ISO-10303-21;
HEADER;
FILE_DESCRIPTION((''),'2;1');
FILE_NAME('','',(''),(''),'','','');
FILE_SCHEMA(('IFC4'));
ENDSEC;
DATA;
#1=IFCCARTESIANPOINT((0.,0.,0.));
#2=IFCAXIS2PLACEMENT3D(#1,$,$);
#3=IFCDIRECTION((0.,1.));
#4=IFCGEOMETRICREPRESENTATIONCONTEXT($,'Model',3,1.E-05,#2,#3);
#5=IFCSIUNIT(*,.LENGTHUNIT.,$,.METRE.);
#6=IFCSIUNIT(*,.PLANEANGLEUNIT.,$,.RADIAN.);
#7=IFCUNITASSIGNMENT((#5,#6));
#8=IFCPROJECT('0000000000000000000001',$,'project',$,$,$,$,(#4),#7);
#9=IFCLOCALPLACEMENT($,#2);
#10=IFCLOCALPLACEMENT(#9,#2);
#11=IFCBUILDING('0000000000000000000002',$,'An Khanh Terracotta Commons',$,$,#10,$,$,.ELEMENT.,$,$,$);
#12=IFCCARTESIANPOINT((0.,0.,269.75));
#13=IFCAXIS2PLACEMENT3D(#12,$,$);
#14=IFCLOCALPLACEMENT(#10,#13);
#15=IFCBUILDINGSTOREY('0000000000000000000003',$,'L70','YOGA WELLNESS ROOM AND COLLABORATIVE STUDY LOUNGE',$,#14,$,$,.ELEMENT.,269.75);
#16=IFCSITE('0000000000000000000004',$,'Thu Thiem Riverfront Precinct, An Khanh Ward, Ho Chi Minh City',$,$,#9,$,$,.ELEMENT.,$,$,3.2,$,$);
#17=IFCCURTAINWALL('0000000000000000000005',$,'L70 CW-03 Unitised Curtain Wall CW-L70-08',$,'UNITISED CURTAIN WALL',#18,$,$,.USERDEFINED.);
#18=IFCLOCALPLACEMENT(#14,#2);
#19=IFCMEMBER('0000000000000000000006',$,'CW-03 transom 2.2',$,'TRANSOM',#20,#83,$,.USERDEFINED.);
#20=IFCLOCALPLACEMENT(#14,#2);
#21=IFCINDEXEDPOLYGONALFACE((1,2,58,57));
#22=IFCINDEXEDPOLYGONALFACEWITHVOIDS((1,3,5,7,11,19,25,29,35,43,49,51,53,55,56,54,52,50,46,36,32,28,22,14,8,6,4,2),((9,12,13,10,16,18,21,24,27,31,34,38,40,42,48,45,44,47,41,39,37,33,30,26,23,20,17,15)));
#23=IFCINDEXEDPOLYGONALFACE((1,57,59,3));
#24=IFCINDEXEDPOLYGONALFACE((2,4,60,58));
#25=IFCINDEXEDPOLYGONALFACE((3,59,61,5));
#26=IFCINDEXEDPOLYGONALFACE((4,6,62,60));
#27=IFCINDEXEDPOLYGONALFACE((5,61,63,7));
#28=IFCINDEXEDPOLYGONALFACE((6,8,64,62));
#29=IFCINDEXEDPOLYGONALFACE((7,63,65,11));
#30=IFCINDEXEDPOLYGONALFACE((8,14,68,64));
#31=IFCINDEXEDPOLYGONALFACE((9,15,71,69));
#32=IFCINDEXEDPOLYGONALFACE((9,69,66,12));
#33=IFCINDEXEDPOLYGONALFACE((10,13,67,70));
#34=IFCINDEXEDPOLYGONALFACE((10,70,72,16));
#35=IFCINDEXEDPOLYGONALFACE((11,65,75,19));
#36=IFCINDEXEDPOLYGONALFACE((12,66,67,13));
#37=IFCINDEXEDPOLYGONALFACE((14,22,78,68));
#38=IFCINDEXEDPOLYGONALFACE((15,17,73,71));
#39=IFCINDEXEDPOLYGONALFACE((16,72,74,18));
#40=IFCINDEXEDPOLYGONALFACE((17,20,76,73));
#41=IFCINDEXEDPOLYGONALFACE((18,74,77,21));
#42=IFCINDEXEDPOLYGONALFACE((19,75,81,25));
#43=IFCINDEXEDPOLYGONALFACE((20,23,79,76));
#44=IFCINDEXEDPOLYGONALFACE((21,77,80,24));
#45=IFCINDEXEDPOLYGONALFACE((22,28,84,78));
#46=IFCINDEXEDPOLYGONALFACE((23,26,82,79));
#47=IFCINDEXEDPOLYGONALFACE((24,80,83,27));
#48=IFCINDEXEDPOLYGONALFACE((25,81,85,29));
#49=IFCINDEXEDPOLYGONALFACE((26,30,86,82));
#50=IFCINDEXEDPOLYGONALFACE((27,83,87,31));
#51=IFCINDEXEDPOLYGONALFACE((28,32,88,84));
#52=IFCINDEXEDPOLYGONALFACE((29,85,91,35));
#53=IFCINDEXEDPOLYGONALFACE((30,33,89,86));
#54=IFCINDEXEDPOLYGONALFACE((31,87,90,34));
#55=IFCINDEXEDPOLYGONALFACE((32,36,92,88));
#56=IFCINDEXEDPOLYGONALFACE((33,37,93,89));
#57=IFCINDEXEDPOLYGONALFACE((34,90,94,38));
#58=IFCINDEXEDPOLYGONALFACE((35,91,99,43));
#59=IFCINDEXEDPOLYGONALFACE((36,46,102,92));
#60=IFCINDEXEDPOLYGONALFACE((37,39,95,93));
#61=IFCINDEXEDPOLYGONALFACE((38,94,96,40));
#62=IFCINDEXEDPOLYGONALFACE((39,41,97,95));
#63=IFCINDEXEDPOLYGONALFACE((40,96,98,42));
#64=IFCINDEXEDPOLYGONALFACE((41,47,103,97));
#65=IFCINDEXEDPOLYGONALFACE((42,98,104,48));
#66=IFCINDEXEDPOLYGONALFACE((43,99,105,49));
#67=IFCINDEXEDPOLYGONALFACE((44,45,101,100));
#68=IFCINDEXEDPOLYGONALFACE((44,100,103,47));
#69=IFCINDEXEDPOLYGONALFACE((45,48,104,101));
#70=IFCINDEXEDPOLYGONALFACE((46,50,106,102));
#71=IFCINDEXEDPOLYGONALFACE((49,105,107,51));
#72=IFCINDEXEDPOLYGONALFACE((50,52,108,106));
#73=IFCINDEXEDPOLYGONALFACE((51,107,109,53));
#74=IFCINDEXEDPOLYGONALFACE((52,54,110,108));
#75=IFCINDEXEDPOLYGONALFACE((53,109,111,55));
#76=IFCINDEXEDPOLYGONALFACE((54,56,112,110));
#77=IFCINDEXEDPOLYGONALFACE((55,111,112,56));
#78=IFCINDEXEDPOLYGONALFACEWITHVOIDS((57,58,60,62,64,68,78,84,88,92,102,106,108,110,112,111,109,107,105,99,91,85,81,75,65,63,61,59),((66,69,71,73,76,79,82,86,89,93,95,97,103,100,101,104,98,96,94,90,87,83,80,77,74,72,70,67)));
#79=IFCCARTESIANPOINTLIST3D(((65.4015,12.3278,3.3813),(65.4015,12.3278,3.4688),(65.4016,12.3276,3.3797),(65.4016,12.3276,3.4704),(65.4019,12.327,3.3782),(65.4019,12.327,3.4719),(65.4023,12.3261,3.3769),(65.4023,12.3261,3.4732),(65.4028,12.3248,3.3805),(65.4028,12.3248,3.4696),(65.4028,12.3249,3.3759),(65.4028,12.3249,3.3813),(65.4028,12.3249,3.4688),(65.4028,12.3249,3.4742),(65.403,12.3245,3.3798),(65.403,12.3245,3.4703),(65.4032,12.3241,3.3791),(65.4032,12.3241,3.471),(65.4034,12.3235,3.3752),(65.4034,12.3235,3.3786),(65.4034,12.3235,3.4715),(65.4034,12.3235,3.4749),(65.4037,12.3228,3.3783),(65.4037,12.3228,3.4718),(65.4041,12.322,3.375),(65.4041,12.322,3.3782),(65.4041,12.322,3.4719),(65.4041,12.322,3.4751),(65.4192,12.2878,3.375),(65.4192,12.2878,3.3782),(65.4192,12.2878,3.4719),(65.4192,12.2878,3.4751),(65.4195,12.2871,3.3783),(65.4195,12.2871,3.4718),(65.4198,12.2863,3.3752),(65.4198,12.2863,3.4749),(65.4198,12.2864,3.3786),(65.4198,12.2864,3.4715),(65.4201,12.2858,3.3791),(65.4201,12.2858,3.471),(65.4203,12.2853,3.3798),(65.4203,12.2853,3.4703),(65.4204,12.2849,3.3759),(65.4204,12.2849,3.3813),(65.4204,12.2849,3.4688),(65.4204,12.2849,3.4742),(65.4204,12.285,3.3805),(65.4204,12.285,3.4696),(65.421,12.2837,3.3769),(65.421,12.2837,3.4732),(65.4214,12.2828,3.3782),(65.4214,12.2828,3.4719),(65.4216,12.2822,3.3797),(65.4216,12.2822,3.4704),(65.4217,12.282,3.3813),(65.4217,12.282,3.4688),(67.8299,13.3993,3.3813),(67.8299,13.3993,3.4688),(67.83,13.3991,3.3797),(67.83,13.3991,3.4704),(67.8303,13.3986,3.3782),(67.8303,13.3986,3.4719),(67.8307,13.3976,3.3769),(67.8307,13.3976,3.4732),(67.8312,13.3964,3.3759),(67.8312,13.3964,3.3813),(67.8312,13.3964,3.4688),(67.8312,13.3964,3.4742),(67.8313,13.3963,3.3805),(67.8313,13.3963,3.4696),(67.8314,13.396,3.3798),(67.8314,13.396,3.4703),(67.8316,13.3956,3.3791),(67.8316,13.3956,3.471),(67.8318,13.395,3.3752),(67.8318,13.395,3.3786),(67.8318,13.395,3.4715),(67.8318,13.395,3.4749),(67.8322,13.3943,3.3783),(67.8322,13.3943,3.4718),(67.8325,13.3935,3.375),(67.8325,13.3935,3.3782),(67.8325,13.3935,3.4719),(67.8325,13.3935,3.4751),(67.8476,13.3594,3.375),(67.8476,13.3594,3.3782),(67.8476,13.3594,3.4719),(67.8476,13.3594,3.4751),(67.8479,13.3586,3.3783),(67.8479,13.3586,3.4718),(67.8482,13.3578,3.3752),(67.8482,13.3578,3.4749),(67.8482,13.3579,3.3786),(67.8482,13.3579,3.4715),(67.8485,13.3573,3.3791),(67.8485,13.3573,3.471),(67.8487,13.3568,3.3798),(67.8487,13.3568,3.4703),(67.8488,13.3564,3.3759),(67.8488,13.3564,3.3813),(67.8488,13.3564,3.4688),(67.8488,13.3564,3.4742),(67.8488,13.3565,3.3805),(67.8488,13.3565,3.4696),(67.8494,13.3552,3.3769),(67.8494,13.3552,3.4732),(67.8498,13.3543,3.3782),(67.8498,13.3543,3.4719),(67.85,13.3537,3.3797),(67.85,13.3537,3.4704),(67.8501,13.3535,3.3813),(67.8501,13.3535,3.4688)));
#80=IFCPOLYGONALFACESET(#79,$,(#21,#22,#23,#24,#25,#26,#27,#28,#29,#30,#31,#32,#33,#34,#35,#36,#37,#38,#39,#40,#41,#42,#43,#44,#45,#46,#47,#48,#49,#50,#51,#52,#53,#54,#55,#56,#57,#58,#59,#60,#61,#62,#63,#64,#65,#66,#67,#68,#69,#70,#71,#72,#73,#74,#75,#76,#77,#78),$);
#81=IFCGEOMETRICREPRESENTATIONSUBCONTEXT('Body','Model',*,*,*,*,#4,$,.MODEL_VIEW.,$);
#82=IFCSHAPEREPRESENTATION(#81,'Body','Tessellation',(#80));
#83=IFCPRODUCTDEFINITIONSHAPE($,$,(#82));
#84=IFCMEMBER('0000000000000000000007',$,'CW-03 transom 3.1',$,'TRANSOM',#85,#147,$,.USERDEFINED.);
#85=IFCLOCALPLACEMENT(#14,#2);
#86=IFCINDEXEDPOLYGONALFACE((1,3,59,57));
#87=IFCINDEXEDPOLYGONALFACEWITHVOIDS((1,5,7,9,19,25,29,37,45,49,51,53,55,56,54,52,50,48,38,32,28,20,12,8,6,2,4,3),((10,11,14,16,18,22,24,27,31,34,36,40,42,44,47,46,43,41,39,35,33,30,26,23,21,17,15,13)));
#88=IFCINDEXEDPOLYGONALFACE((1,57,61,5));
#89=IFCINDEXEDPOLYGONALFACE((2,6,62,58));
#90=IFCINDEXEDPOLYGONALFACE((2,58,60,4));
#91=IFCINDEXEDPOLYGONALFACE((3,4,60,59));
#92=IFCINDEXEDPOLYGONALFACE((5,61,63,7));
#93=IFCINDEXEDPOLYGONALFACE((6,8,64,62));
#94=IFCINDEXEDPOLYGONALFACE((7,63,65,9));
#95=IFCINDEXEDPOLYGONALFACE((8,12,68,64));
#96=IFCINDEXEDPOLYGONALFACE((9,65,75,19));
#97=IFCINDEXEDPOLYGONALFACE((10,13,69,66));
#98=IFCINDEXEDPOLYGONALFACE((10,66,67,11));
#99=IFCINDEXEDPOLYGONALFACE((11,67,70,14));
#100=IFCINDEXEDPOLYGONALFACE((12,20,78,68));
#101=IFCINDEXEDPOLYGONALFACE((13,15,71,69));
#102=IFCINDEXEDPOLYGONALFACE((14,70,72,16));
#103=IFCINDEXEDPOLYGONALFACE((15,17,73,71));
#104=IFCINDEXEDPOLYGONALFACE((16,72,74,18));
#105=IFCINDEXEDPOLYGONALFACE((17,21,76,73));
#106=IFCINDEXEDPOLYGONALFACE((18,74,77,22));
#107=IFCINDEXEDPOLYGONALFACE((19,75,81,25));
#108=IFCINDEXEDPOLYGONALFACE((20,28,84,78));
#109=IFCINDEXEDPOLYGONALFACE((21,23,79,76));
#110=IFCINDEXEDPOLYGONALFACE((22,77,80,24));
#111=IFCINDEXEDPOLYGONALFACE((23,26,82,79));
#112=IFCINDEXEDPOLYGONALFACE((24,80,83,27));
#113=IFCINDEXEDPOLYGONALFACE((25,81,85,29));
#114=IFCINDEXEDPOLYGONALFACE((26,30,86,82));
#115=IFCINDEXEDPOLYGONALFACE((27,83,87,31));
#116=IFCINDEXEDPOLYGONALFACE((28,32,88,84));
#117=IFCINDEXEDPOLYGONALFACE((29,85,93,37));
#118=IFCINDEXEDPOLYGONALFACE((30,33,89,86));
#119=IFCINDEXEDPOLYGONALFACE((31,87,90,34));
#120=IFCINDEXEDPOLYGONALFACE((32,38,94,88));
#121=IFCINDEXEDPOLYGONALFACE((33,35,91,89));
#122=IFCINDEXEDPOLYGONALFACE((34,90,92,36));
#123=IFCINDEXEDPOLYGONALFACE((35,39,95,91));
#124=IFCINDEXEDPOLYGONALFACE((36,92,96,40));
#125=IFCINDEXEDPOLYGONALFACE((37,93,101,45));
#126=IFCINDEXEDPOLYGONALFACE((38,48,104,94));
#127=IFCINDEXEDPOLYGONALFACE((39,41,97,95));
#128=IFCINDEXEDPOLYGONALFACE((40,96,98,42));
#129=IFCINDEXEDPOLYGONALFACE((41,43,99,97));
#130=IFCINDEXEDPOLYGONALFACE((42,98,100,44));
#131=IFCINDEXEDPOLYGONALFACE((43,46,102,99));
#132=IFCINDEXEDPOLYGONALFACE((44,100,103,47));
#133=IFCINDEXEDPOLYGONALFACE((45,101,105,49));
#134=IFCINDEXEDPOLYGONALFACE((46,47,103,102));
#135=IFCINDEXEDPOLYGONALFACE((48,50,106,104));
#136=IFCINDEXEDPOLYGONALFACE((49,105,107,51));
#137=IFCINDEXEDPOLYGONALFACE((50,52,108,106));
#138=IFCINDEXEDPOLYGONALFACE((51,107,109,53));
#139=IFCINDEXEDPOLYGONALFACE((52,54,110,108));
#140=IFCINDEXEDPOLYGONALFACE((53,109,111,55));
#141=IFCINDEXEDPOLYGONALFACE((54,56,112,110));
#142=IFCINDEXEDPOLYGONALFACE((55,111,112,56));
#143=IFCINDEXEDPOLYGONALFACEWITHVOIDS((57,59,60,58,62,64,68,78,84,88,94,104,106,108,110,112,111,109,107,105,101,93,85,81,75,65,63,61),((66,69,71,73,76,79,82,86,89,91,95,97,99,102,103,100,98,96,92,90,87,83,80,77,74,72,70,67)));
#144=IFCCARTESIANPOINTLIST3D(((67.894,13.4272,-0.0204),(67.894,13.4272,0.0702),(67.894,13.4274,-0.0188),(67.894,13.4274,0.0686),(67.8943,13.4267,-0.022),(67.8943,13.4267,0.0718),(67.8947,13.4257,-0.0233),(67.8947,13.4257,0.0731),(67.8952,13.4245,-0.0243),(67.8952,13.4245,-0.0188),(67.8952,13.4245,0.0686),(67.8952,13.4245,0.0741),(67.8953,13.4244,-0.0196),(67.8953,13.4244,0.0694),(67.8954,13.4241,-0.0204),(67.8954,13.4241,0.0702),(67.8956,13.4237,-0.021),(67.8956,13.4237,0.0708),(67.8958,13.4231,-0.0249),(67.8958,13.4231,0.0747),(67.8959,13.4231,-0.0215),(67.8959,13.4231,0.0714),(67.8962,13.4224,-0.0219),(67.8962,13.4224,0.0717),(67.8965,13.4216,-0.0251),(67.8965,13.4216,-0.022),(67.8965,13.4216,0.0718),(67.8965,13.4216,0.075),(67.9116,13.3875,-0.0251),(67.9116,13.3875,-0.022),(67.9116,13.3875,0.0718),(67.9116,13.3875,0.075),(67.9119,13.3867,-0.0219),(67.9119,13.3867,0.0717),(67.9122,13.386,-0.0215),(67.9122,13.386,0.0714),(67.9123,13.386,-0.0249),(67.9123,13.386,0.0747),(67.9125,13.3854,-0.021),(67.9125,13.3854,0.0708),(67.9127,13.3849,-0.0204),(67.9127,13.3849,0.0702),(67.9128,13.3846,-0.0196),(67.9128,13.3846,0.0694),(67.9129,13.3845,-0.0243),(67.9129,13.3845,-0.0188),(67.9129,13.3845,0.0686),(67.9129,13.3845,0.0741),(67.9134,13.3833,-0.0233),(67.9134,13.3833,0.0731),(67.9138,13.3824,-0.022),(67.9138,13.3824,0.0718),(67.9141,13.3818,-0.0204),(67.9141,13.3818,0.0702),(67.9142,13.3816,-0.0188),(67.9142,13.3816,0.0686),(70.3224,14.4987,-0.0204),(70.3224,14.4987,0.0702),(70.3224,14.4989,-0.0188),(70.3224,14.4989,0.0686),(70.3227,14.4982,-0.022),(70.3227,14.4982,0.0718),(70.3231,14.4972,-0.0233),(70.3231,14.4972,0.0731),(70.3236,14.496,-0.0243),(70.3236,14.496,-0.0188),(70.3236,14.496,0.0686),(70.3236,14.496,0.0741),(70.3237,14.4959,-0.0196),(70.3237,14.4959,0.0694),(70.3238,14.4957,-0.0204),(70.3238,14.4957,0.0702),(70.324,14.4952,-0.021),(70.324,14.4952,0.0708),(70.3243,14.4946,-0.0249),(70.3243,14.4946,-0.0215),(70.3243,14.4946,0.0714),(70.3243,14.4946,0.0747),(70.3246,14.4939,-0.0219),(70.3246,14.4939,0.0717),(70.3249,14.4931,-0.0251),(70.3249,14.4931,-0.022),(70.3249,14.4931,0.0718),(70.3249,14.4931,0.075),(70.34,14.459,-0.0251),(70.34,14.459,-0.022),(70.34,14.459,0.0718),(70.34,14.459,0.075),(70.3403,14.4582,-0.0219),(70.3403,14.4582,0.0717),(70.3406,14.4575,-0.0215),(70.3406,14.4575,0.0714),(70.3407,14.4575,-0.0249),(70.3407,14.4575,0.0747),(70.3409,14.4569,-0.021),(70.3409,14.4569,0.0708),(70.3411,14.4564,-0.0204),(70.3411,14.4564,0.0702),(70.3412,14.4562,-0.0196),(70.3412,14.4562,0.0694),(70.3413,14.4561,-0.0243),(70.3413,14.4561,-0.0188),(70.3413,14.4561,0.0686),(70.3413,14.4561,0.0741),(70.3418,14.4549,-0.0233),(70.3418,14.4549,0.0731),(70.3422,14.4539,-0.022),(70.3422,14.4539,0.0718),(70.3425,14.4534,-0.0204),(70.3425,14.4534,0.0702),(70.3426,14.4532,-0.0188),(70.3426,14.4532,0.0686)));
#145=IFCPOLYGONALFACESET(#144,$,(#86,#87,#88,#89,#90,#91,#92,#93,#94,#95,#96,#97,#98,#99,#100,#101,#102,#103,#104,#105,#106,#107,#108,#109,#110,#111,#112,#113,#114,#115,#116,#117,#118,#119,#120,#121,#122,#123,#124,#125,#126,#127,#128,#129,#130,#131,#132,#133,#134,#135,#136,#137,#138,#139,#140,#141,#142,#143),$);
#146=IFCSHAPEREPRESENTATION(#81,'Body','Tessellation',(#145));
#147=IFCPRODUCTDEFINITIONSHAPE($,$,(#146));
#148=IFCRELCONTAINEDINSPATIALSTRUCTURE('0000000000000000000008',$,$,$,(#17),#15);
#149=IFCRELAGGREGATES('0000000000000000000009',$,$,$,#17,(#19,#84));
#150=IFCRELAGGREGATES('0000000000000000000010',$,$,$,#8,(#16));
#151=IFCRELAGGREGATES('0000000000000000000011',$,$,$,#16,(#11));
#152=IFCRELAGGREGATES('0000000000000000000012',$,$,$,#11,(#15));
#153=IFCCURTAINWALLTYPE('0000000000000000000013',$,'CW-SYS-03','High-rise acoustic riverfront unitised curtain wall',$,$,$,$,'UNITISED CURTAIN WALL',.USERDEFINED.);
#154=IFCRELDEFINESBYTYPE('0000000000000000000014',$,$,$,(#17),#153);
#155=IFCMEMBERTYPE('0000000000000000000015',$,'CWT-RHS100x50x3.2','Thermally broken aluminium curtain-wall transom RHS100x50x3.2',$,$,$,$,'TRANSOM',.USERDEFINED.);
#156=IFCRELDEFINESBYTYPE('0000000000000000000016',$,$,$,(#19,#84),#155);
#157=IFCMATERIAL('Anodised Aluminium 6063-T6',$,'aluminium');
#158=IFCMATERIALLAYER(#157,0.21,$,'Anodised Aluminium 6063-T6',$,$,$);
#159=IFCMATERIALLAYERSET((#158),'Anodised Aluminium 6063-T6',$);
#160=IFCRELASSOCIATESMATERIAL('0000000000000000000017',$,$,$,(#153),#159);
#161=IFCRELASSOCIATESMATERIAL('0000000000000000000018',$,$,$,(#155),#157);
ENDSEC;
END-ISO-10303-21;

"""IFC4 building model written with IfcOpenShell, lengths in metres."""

from ifc_helpers import new_model, si_unit, direction, frame, origin, origin_2d, place, context, subcontext, project, spatial, hollow_rectangle, extrude, material, layer, layer_set, material_profile, profile_set, type_object, element, aggregate, save


model = new_model("IFC4")

# Units and contexts
model_context = context("Model", 3, precision=1e-05, world=origin(), true_north=direction((0.0, 1.0)))
body_context = subcontext(model_context, "Body", "Model", "MODEL_VIEW")
ifc_project = project(units=[si_unit("LENGTHUNIT", "METRE"), si_unit("PLANEANGLEUNIT", "RADIAN")], contexts=[model_context])

# Site, building, storey
site_placement = place(None, origin())
site = spatial("IfcSite", under=ifc_project, at=site_placement, Name="Thu Thiem Riverfront Precinct, An Khanh Ward, Ho Chi Minh City", CompositionType="ELEMENT", RefElevation=3.2)
building_placement = place(site_placement, origin())
building = spatial("IfcBuilding", under=site, at=building_placement, Name="An Khanh Terracotta Commons", CompositionType="ELEMENT")
storey_placement = place(building_placement, frame((0.0, 0.0, 269.75)))
storey = spatial("IfcBuildingStorey", under=building, at=storey_placement, Name="L70", Description="YOGA WELLNESS ROOM AND COLLABORATIVE STUDY LOUNGE", CompositionType="ELEMENT", Elevation=269.75)

# Curtain wall
ifc_material_1 = material(Name="Anodised Aluminium 6063-T6", Category="aluminium")
ifc_layer_1 = layer(ifc_material_1, 0.21, Name="Anodised Aluminium 6063-T6")
ifc_layer_set_1 = layer_set([ifc_layer_1], Name="Anodised Aluminium 6063-T6")
curtain_wall_type = type_object("IfcCurtainWallType", Name="CW-SYS-03", Description="High-rise acoustic riverfront unitised curtain wall", ElementType="UNITISED CURTAIN WALL", PredefinedType="USERDEFINED", material=ifc_layer_set_1)
curtain_wall_1_placement = place(storey_placement, origin())
curtain_wall_1 = element("IfcCurtainWall", 1, at=curtain_wall_1_placement, inside=storey, type_object=curtain_wall_type, Name="L70 CW-03 Unitised Curtain Wall CW-L70-08", ObjectType="UNITISED CURTAIN WALL", PredefinedType="USERDEFINED")

# Members
ifc_material_profile_1 = material_profile(ifc_material_1, hollow_rectangle(XDim=0.05, YDim=0.1001, WallThickness=0.0032, InnerFilletRadius=0.0032, OuterFilletRadius=0.0063, at=origin_2d()), Name="RHS100x50x3.2")
ifc_profile_set_1 = profile_set([ifc_material_profile_1], Name="Anodised Aluminium 6063-T6")
member_type_1 = type_object("IfcMemberType", Name="CWT-RHS100x50x3.2", Description="Thermally broken aluminium curtain-wall transom RHS100x50x3.2", ElementType="TRANSOM", PredefinedType="USERDEFINED", material=ifc_profile_set_1)
member_1_placement = place(storey_placement, frame((65.4116, 12.3049, 3.425), z_axis=(0.914897, 0.403688, 0.0), x_axis=(-0.403688, 0.914897, 0.0)))
member_1 = element("IfcMember", 2, at=member_1_placement, type_object=member_type_1, Name="CW-03 transom 2.2", ObjectType="TRANSOM", PredefinedType="USERDEFINED", context=body_context, shape_type="SweptSolid", body=[
    extrude(hollow_rectangle(XDim=0.05, YDim=0.1001, WallThickness=0.0032, InnerFilletRadius=0.0032, OuterFilletRadius=0.0063, at=origin_2d()), origin(), (0.0, 0.0, 1.0), 2.6543),
])
member_2_placement = place(storey_placement, frame((67.9041, 13.4045, 0.0249), z_axis=(0.914897, 0.403688, 0.0), x_axis=(-0.403688, 0.914897, 0.0)))
member_2 = element("IfcMember", 3, at=member_2_placement, type_object=member_type_1, Name="CW-03 transom 3.1", ObjectType="TRANSOM", PredefinedType="USERDEFINED", context=body_context, shape_type="SweptSolid", body=[
    extrude(hollow_rectangle(XDim=0.05, YDim=0.1001, WallThickness=0.0032, InnerFilletRadius=0.0032, OuterFilletRadius=0.0063, at=origin_2d()), origin(), (0.0, 0.0, 1.0), 2.6543),
])

aggregate(curtain_wall_1, [member_1, member_2])

save(model, "model.ifc")
